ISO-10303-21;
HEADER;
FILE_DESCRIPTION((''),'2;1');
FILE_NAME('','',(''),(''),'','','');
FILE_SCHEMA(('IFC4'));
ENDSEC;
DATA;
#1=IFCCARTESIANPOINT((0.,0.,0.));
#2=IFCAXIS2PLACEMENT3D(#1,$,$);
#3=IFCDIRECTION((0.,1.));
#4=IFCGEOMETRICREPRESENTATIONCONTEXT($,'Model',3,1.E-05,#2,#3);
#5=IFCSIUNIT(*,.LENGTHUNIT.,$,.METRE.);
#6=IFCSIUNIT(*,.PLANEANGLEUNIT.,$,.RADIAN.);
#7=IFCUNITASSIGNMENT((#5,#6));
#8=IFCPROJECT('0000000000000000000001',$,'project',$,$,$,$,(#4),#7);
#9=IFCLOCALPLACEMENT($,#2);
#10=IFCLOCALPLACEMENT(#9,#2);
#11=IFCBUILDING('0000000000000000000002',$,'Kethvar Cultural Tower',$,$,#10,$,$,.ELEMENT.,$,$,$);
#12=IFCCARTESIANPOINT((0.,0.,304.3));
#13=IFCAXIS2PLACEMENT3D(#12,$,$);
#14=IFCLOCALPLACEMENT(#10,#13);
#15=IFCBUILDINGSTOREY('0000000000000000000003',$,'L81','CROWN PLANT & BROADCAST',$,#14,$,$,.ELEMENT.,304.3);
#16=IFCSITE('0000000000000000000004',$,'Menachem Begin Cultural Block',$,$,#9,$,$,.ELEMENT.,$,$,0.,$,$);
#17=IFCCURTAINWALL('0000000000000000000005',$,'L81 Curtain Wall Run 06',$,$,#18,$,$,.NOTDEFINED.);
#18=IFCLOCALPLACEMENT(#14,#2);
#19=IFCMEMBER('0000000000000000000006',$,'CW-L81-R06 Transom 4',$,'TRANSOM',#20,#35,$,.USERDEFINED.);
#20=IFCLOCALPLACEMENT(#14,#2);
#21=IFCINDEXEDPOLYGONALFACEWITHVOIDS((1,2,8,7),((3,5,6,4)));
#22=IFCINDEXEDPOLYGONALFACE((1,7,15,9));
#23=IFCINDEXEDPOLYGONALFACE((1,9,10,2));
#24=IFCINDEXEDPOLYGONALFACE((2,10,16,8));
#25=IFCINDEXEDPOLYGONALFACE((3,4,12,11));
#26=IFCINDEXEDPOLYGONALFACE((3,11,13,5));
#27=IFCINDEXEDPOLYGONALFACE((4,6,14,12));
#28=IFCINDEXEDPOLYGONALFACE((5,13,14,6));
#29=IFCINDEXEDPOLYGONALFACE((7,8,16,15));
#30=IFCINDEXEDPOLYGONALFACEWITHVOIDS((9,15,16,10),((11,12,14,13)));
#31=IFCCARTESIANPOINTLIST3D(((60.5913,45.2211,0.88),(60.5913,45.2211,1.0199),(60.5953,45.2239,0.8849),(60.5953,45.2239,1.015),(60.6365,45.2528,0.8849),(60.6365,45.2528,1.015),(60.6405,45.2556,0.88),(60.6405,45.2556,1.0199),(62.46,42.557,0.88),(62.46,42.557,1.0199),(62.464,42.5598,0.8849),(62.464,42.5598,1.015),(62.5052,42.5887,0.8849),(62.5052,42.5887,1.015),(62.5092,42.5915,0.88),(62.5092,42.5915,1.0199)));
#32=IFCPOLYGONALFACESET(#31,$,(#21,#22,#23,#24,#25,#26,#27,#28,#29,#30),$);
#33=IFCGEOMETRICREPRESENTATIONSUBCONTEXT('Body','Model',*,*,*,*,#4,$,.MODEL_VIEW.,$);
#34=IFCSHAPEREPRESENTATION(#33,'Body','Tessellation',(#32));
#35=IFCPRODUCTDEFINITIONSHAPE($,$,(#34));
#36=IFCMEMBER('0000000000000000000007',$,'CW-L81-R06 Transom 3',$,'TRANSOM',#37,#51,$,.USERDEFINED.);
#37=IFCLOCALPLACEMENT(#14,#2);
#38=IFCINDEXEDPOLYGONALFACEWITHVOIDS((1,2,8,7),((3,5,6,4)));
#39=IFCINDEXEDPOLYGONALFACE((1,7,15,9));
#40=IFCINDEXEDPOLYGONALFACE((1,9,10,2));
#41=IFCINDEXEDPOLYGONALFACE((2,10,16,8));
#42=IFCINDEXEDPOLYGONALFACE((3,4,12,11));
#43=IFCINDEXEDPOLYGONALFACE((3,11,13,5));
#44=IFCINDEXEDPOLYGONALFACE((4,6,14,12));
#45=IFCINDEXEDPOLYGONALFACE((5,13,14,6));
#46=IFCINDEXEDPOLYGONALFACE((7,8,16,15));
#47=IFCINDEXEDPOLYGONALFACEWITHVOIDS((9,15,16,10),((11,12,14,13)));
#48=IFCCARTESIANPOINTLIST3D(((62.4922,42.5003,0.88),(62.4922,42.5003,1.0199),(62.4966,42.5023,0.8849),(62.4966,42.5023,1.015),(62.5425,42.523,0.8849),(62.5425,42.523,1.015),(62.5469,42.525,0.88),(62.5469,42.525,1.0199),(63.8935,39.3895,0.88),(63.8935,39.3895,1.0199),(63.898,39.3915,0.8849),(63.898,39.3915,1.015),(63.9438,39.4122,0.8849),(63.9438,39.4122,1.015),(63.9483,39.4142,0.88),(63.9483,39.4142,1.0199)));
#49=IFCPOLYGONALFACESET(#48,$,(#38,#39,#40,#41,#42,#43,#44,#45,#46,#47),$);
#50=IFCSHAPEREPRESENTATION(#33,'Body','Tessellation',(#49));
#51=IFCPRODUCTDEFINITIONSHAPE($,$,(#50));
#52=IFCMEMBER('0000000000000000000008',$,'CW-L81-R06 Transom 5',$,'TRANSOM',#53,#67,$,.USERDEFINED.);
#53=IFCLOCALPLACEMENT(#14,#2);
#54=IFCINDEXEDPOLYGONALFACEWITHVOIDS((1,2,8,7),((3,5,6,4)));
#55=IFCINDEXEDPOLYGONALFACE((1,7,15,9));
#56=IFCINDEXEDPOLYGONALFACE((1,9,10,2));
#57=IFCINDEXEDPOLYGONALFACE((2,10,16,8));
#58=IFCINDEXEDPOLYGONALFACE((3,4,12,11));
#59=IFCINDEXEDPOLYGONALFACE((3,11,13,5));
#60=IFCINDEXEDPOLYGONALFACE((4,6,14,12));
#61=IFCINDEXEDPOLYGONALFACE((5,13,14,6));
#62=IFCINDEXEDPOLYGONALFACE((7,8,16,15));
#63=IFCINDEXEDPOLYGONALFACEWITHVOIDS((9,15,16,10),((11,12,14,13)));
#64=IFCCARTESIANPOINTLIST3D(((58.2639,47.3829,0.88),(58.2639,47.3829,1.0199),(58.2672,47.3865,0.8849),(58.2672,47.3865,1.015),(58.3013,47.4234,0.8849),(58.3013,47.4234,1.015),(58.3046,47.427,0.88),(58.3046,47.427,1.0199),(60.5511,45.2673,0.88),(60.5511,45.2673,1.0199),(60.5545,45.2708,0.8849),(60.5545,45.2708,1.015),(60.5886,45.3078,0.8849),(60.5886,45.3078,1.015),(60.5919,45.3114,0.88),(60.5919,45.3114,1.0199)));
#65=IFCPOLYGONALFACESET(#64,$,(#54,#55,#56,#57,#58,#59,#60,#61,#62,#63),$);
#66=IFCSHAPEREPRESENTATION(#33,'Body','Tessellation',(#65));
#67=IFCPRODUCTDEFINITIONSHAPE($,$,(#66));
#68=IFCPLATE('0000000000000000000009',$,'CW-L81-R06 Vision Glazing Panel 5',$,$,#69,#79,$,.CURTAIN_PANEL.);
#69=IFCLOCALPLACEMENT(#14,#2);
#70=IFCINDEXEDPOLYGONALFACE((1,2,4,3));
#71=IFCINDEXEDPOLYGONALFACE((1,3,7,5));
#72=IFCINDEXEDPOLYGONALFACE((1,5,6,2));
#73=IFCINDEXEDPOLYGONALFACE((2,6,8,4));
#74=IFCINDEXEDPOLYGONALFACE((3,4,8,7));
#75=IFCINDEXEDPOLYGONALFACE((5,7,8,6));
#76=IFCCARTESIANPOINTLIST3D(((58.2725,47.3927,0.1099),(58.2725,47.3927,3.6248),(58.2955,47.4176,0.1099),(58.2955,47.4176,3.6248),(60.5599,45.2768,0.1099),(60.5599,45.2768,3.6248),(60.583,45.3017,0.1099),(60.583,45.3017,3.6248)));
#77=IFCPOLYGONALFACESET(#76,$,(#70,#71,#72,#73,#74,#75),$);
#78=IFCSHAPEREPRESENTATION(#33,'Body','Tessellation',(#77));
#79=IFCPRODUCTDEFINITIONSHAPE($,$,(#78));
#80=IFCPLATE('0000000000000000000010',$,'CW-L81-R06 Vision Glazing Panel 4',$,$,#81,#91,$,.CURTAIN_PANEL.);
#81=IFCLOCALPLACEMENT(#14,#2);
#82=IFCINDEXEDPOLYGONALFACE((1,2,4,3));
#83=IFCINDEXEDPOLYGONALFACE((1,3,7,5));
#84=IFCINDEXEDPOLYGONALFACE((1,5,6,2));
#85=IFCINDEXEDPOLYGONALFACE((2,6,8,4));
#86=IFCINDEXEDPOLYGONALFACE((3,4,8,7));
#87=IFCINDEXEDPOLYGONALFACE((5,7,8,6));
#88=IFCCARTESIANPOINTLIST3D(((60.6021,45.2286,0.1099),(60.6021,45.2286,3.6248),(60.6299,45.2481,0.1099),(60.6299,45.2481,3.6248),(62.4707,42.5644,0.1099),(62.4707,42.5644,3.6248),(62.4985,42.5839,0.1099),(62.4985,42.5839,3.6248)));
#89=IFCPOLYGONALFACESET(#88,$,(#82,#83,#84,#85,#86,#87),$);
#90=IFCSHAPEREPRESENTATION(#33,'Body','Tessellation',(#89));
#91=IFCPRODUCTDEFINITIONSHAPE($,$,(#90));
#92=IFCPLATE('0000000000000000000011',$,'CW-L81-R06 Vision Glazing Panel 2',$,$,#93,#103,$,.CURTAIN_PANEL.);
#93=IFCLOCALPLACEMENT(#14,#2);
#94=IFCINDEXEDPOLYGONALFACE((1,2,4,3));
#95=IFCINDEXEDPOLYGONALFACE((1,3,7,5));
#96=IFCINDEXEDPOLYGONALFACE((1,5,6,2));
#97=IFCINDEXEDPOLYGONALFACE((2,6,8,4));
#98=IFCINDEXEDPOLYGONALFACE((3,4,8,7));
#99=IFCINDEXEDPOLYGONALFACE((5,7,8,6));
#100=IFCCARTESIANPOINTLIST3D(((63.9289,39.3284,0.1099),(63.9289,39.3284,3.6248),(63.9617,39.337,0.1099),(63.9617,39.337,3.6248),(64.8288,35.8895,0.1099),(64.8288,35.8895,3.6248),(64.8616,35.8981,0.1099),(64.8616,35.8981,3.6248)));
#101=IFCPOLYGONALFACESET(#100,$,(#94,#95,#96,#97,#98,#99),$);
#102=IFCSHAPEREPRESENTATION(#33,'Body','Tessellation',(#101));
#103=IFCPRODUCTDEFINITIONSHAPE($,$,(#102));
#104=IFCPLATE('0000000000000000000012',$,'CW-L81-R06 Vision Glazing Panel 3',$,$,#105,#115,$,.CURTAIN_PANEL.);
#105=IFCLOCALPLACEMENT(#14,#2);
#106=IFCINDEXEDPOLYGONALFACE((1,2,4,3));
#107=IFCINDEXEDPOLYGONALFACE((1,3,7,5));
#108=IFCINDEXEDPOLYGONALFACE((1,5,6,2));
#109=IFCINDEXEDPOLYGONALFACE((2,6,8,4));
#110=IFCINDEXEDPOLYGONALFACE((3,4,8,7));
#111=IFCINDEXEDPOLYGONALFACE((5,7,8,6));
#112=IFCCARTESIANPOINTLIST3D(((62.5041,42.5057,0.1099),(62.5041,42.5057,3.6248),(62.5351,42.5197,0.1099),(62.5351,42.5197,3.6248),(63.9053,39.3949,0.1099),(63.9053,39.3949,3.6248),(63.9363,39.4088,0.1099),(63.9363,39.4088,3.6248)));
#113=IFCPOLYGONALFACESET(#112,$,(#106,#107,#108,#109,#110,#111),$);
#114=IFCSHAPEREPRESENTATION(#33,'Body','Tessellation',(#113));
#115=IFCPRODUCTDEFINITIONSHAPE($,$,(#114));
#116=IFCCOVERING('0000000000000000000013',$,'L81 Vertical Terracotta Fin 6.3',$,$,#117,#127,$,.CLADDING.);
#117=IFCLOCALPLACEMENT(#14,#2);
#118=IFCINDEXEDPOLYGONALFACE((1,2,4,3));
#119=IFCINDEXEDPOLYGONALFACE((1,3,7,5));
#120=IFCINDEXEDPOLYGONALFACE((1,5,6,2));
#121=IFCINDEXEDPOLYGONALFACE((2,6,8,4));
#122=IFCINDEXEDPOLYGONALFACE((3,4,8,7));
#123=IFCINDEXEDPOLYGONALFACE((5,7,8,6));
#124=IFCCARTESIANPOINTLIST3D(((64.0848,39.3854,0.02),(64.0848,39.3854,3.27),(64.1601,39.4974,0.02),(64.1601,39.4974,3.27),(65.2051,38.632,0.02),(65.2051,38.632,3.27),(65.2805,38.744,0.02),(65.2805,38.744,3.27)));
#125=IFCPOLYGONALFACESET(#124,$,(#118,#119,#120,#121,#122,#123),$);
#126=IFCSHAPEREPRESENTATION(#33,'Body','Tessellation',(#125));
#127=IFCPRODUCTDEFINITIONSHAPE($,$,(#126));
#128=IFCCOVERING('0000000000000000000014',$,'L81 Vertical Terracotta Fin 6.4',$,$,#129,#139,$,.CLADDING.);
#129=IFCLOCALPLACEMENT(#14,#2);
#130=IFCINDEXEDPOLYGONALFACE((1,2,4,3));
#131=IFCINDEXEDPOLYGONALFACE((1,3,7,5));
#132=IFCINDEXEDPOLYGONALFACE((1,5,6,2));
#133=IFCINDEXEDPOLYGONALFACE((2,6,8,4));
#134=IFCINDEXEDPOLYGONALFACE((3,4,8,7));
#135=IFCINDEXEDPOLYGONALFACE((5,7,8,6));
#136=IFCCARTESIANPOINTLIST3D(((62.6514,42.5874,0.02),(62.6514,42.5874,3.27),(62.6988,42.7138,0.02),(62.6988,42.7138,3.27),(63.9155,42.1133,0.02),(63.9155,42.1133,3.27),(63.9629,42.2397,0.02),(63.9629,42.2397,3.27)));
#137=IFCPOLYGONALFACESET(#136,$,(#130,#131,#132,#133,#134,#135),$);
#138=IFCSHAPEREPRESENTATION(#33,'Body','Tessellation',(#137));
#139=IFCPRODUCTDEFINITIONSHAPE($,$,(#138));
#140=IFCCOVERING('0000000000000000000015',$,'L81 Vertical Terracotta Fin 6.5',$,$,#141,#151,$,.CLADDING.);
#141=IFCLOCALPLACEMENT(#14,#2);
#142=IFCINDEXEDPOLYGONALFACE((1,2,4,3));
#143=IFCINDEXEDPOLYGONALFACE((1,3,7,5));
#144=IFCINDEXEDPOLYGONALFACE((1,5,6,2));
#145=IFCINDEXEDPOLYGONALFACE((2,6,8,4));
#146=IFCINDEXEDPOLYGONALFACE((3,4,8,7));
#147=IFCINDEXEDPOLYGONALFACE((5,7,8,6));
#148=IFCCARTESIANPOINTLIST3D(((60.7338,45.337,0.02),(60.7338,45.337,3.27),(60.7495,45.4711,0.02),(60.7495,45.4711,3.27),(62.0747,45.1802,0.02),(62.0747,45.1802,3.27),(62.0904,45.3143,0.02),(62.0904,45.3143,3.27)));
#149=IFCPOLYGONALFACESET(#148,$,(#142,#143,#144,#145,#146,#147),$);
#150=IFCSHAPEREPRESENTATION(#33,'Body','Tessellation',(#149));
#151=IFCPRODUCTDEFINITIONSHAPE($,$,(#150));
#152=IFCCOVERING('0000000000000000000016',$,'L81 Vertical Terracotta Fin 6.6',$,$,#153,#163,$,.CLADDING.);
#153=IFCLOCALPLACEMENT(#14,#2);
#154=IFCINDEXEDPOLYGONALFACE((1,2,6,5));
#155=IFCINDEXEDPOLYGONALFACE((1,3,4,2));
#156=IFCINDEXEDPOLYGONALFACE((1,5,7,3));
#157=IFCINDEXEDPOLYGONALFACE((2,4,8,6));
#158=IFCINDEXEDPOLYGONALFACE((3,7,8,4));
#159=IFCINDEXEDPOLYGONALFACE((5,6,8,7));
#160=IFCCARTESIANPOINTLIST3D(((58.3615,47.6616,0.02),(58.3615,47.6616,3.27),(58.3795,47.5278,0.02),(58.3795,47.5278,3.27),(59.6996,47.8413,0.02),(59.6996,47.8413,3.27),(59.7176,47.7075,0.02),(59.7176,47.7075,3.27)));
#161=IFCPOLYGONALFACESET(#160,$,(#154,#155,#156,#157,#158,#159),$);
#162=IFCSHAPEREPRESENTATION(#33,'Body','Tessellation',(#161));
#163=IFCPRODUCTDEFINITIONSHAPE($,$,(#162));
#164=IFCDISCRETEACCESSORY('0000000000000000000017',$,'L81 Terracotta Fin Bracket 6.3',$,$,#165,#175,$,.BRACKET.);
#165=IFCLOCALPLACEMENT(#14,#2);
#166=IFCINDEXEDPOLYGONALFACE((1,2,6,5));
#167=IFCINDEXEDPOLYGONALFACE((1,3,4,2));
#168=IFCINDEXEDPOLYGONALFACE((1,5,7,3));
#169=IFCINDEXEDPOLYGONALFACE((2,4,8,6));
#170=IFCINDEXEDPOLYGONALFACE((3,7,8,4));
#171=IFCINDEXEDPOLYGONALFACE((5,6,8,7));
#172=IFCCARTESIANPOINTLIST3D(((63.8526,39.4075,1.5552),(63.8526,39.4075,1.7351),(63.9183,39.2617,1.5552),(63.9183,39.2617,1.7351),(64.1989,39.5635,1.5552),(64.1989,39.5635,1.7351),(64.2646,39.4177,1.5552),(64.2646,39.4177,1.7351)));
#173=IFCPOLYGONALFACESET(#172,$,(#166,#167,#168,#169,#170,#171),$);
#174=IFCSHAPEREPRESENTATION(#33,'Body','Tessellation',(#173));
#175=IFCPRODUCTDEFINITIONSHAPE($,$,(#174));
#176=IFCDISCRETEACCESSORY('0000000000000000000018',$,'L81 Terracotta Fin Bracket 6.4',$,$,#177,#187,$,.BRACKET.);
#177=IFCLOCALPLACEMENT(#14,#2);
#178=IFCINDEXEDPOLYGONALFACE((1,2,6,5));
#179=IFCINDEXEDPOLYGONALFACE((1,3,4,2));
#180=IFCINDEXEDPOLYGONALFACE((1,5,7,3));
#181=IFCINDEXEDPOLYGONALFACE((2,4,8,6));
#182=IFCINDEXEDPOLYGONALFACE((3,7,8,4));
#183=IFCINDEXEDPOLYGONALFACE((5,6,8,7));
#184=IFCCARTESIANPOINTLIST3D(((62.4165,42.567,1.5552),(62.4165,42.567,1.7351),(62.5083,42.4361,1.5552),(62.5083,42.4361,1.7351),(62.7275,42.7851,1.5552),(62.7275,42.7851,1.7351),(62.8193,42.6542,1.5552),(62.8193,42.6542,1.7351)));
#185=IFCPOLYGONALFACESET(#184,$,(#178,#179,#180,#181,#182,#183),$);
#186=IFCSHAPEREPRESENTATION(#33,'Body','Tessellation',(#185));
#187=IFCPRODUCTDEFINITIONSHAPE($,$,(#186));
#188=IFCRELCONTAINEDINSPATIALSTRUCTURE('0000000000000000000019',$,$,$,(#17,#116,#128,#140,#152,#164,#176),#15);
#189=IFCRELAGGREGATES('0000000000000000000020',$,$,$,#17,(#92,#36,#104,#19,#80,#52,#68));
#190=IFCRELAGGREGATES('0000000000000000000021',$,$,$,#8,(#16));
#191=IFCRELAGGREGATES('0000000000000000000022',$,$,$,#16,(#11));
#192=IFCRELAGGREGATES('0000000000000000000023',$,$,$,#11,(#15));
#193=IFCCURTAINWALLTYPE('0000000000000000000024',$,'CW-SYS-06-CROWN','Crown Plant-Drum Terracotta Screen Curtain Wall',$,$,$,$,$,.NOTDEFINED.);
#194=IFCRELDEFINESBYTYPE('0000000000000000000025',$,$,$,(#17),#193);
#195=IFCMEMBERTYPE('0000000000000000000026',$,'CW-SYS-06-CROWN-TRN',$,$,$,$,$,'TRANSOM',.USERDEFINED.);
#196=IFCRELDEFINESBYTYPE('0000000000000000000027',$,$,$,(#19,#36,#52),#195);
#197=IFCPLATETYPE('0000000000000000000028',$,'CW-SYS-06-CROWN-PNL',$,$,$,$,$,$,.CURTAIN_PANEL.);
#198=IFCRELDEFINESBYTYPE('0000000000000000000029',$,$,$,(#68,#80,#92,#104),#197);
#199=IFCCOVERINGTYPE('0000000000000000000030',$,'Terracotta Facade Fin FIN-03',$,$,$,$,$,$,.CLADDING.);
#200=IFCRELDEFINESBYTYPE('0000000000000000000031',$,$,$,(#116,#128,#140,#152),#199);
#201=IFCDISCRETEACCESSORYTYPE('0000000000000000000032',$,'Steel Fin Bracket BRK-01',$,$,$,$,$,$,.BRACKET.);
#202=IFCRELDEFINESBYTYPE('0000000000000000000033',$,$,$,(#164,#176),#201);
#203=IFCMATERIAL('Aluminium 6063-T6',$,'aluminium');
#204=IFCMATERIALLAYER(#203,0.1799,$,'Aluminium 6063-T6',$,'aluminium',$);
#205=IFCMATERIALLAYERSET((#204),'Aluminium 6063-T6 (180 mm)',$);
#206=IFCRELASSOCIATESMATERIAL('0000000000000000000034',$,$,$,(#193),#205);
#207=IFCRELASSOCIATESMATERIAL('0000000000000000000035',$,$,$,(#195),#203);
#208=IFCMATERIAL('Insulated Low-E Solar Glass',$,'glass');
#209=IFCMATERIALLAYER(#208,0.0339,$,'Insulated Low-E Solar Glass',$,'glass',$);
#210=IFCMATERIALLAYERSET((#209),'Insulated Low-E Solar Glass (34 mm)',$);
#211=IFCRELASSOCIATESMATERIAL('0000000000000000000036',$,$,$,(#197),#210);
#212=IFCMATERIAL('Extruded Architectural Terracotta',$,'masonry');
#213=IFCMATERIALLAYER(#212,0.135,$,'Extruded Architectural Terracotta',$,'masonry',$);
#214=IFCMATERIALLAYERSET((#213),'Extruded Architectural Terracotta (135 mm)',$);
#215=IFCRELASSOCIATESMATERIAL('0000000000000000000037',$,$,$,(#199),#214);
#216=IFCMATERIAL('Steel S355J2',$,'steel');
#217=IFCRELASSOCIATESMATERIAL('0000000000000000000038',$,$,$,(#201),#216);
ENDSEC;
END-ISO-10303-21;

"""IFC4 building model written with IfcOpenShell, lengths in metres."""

from ifc_helpers import new_model, si_unit, direction, frame, origin, origin_2d, place, context, subcontext, project, spatial, rectangle, hollow_rectangle, extrude, source, transform, mapped, material, layer, layer_set, material_profile, profile_set, type_object, element, aggregate, save


model = new_model("IFC4")

# Units and contexts
model_context = context("Model", 3, precision=1e-05, world=origin(), true_north=direction((0.0, 1.0)))
body_context = subcontext(model_context, "Body", "Model", "MODEL_VIEW")
ifc_project = project(units=[si_unit("LENGTHUNIT", "METRE"), si_unit("PLANEANGLEUNIT", "RADIAN")], contexts=[model_context])

# Site, building, storey
site_placement = place(None, origin())
site = spatial("IfcSite", under=ifc_project, at=site_placement, Name="Menachem Begin Cultural Block", CompositionType="ELEMENT", RefElevation=0.0)
building_placement = place(site_placement, origin())
building = spatial("IfcBuilding", under=site, at=building_placement, Name="Kethvar Cultural Tower", CompositionType="ELEMENT")
storey_placement = place(building_placement, frame((0.0, 0.0, 304.3)))
storey = spatial("IfcBuildingStorey", under=building, at=storey_placement, Name="L81", Description="CROWN PLANT & BROADCAST", CompositionType="ELEMENT", Elevation=304.3)

# Shared definitions
ifc_material_1 = material(Name="Steel S355J2", Category="steel")

# Curtain wall, members, plates
ifc_material_2 = material(Name="Aluminium 6063-T6", Category="aluminium")
ifc_layer_1 = layer(ifc_material_2, 0.1799, Name="Aluminium 6063-T6", Category="aluminium")
ifc_layer_set_1 = layer_set([ifc_layer_1], Name="Aluminium 6063-T6 (180 mm)")
curtain_wall_type = type_object("IfcCurtainWallType", Name="CW-SYS-06-CROWN", Description="Crown Plant-Drum Terracotta Screen Curtain Wall", PredefinedType="NOTDEFINED", material=ifc_layer_set_1)
curtain_wall_placement = place(storey_placement, origin())
curtain_wall = element("IfcCurtainWall", 1, at=curtain_wall_placement, inside=storey, type_object=curtain_wall_type, Name="L81 Curtain Wall Run 06", PredefinedType="NOTDEFINED")
ifc_material_profile_1 = material_profile(ifc_material_2, hollow_rectangle(XDim=0.0601, YDim=0.1399, WallThickness=0.0049, at=origin_2d()), Name="Aluminium 6063-T6 — RHS140x60x5")
ifc_profile_set_1 = profile_set([ifc_material_profile_1], Name="Aluminium 6063-T6 — RHS140x60x5")
member_type_1 = type_object("IfcMemberType", Name="CW-SYS-06-CROWN-TRN", ElementType="TRANSOM", PredefinedType="USERDEFINED", material=ifc_profile_set_1)
shared_shape_1 = source(origin(), body_context, "Body", "SweptSolid", [
    extrude(hollow_rectangle(XDim=0.0601, YDim=0.1399, WallThickness=0.0049, at=origin_2d()), origin(), (0.0, 0.0, 1.0), 3.2542),
])
member_1_placement = place(storey_placement, frame((62.4846, 42.5742, 0.95), z_axis=(-0.574248, 0.818682, 0.0), x_axis=(-0.818682, -0.574248, 0.0)))
member_1 = element("IfcMember", 2, at=member_1_placement, type_object=member_type_1, Name="CW-L81-R06 Transom 4", ObjectType="TRANSOM", PredefinedType="USERDEFINED", context=body_context, shape_type="MappedRepresentation", body=[
    mapped(shared_shape_1, transform((0.0, 0.0, 0.0), scale=1.0)),
])
shared_shape_2 = source(origin(), body_context, "Body", "SweptSolid", [
    extrude(hollow_rectangle(XDim=0.0601, YDim=0.1399, WallThickness=0.0049, at=origin_2d()), origin(), (0.0, 0.0, 1.0), 3.4119),
])
member_2_placement = place(storey_placement, frame((63.9209, 39.4019, 0.95), z_axis=(-0.410728, 0.911758, 0.0), x_axis=(-0.911758, -0.410728, 0.0)))
member_2 = element("IfcMember", 3, at=member_2_placement, type_object=member_type_1, Name="CW-L81-R06 Transom 3", ObjectType="TRANSOM", PredefinedType="USERDEFINED", context=body_context, shape_type="MappedRepresentation", body=[
    mapped(shared_shape_2, transform((0.0, 0.0, 0.0), scale=1.0)),
])
shared_shape_3 = source(origin(), body_context, "Body", "SweptSolid", [
    extrude(hollow_rectangle(XDim=0.0601, YDim=0.1399, WallThickness=0.0049, at=origin_2d()), origin(), (0.0, 0.0, 1.0), 3.1157),
])
member_3_placement = place(storey_placement, frame((60.5715, 45.2893, 0.95), z_axis=(-0.734112, 0.679028, 0.0), x_axis=(-0.679028, -0.734112, 0.0)))
member_3 = element("IfcMember", 4, at=member_3_placement, type_object=member_type_1, Name="CW-L81-R06 Transom 5", ObjectType="TRANSOM", PredefinedType="USERDEFINED", context=body_context, shape_type="MappedRepresentation", body=[
    mapped(shared_shape_3, transform((0.0, 0.0, 0.0), scale=1.0)),
])
ifc_material_3 = material(Name="Insulated Low-E Solar Glass", Category="glass")
ifc_layer_2 = layer(ifc_material_3, 0.0339, Name="Insulated Low-E Solar Glass", Category="glass")
ifc_layer_set_2 = layer_set([ifc_layer_2], Name="Insulated Low-E Solar Glass (34 mm)")
plate_type = type_object("IfcPlateType", Name="CW-SYS-06-CROWN-PNL", PredefinedType="CURTAIN_PANEL", material=ifc_layer_set_2)
shared_shape_4 = source(origin(), body_context, "Body", "SweptSolid", [
    extrude(rectangle(XDim=3.116, YDim=0.0339, at=origin_2d()), origin(), (0.0, 0.0, 1.0), 3.5149),
])
plate_1_placement = place(storey_placement, frame((59.4277, 46.3472, 0.1099), z_axis=(0.0, 0.0, 1.0), x_axis=(-0.734097, 0.679044, 0.0)))
plate_1 = element("IfcPlate", 5, at=plate_1_placement, type_object=plate_type, Name="CW-L81-R06 Vision Glazing Panel 5", PredefinedType="CURTAIN_PANEL", context=body_context, shape_type="MappedRepresentation", body=[
    mapped(shared_shape_4, transform((0.0, 0.0, 0.0), scale=1.0)),
])
shared_shape_5 = source(origin(), body_context, "Body", "SweptSolid", [
    extrude(rectangle(XDim=3.2542, YDim=0.0339, at=origin_2d()), origin(), (0.0, 0.0, 1.0), 3.5149),
])
plate_2_placement = place(storey_placement, frame((61.5503, 43.9062, 0.1099), z_axis=(0.0, 0.0, 1.0), x_axis=(-0.574234, 0.818691, 0.0)))
plate_2 = element("IfcPlate", 6, at=plate_2_placement, type_object=plate_type, Name="CW-L81-R06 Vision Glazing Panel 4", PredefinedType="CURTAIN_PANEL", context=body_context, shape_type="MappedRepresentation", body=[
    mapped(shared_shape_5, transform((0.0, 0.0, 0.0), scale=1.0)),
])
shared_shape_6 = source(origin(), body_context, "Body", "SweptSolid", [
    extrude(rectangle(XDim=3.5547, YDim=0.0339, at=origin_2d()), origin(), (0.0, 0.0, 1.0), 3.5149),
])
plate_3_placement = place(storey_placement, frame((64.3953, 37.6133, 0.1099), z_axis=(0.0, 0.0, 1.0), x_axis=(-0.25315, 0.967427, 0.0)))
plate_3 = element("IfcPlate", 7, at=plate_3_placement, type_object=plate_type, Name="CW-L81-R06 Vision Glazing Panel 2", PredefinedType="CURTAIN_PANEL", context=body_context, shape_type="MappedRepresentation", body=[
    mapped(shared_shape_6, transform((0.0, 0.0, 0.0), scale=1.0)),
])
shared_shape_7 = source(origin(), body_context, "Body", "SweptSolid", [
    extrude(rectangle(XDim=3.4119, YDim=0.0339, at=origin_2d()), origin(), (0.0, 0.0, 1.0), 3.5149),
])
plate_4_placement = place(storey_placement, frame((63.2202, 40.9573, 0.1099), z_axis=(0.0, 0.0, 1.0), x_axis=(-0.410687, 0.911776, 0.0)))
plate_4 = element("IfcPlate", 8, at=plate_4_placement, type_object=plate_type, Name="CW-L81-R06 Vision Glazing Panel 3", PredefinedType="CURTAIN_PANEL", context=body_context, shape_type="MappedRepresentation", body=[
    mapped(shared_shape_7, transform((0.0, 0.0, 0.0), scale=1.0)),
])
aggregate(curtain_wall, [plate_3, member_2, plate_4, member_1, plate_2, member_3, plate_1])

# Coverings
ifc_material_4 = material(Name="Extruded Architectural Terracotta", Category="masonry")
ifc_layer_3 = layer(ifc_material_4, 0.135, Name="Extruded Architectural Terracotta", Category="masonry")
ifc_layer_set_3 = layer_set([ifc_layer_3], Name="Extruded Architectural Terracotta (135 mm)")
covering_type = type_object("IfcCoveringType", Name="Terracotta Facade Fin FIN-03", PredefinedType="CLADDING", material=ifc_layer_set_3)
shared_shape_8 = source(origin(), body_context, "Body", "SweptSolid", [
    extrude(rectangle(XDim=1.3501, YDim=0.135, at=origin_2d()), origin(), (0.0, 0.0, 1.0), 3.25),
])
for number, where, z_axis, x_axis, name in (
    (9, (64.6826, 39.0647, 0.02), (0.0, 0.0, 1.0), (0.829818, -0.558035, 0.0), "L81 Vertical Terracotta Fin 6.3"),
    (10, (63.3071, 42.4136, 0.02), (0.0, 0.0, 1.0), (0.936305, -0.351188, 0.0), "L81 Vertical Terracotta Fin 6.4"),
    (11, (61.4121, 45.3257, 0.02), (0.0, 0.0, 1.0), (0.993232, -0.116151, 0.0), "L81 Vertical Terracotta Fin 6.5"),
    (12, (59.0396, 47.6846, 0.02), (0.0, 0.0, 1.0), (0.9911, 0.133121, 0.0), "L81 Vertical Terracotta Fin 6.6"),
):
    element("IfcCovering", number, at=place(storey_placement, frame(where, z_axis=z_axis, x_axis=x_axis)), inside=storey, type_object=covering_type, Name=name, PredefinedType="CLADDING", context=body_context, shape_type="MappedRepresentation", body=[
        mapped(shared_shape_8, transform((0.0, 0.0, 0.0), scale=1.0)),
    ])

# Discrete accessories
discrete_accessory_type = type_object("IfcDiscreteAccessoryType", Name="Steel Fin Bracket BRK-01", PredefinedType="BRACKET", material=ifc_material_1)
shared_shape_9 = source(origin(), body_context, "Body", "SweptSolid", [
    extrude(rectangle(XDim=0.3799, YDim=0.1599, at=origin_2d()), origin(), (0.0, 0.0, 1.0), 0.1799),
])
for number, where, z_axis, x_axis, name in (
    (13, (64.0586, 39.4126, 1.5552), (0.0, 0.0, 1.0), (0.911762, 0.410719, 0.0), "L81 Terracotta Fin Bracket 6.3"),
    (14, (62.6179, 42.6106, 1.5552), (0.0, 0.0, 1.0), (0.818651, 0.574291, 0.0), "L81 Terracotta Fin Bracket 6.4"),
):
    element("IfcDiscreteAccessory", number, at=place(storey_placement, frame(where, z_axis=z_axis, x_axis=x_axis)), inside=storey, type_object=discrete_accessory_type, Name=name, PredefinedType="BRACKET", context=body_context, shape_type="MappedRepresentation", body=[
        mapped(shared_shape_9, transform((0.0, 0.0, 0.0), scale=1.0)),
    ])

save(model, "model.ifc")
